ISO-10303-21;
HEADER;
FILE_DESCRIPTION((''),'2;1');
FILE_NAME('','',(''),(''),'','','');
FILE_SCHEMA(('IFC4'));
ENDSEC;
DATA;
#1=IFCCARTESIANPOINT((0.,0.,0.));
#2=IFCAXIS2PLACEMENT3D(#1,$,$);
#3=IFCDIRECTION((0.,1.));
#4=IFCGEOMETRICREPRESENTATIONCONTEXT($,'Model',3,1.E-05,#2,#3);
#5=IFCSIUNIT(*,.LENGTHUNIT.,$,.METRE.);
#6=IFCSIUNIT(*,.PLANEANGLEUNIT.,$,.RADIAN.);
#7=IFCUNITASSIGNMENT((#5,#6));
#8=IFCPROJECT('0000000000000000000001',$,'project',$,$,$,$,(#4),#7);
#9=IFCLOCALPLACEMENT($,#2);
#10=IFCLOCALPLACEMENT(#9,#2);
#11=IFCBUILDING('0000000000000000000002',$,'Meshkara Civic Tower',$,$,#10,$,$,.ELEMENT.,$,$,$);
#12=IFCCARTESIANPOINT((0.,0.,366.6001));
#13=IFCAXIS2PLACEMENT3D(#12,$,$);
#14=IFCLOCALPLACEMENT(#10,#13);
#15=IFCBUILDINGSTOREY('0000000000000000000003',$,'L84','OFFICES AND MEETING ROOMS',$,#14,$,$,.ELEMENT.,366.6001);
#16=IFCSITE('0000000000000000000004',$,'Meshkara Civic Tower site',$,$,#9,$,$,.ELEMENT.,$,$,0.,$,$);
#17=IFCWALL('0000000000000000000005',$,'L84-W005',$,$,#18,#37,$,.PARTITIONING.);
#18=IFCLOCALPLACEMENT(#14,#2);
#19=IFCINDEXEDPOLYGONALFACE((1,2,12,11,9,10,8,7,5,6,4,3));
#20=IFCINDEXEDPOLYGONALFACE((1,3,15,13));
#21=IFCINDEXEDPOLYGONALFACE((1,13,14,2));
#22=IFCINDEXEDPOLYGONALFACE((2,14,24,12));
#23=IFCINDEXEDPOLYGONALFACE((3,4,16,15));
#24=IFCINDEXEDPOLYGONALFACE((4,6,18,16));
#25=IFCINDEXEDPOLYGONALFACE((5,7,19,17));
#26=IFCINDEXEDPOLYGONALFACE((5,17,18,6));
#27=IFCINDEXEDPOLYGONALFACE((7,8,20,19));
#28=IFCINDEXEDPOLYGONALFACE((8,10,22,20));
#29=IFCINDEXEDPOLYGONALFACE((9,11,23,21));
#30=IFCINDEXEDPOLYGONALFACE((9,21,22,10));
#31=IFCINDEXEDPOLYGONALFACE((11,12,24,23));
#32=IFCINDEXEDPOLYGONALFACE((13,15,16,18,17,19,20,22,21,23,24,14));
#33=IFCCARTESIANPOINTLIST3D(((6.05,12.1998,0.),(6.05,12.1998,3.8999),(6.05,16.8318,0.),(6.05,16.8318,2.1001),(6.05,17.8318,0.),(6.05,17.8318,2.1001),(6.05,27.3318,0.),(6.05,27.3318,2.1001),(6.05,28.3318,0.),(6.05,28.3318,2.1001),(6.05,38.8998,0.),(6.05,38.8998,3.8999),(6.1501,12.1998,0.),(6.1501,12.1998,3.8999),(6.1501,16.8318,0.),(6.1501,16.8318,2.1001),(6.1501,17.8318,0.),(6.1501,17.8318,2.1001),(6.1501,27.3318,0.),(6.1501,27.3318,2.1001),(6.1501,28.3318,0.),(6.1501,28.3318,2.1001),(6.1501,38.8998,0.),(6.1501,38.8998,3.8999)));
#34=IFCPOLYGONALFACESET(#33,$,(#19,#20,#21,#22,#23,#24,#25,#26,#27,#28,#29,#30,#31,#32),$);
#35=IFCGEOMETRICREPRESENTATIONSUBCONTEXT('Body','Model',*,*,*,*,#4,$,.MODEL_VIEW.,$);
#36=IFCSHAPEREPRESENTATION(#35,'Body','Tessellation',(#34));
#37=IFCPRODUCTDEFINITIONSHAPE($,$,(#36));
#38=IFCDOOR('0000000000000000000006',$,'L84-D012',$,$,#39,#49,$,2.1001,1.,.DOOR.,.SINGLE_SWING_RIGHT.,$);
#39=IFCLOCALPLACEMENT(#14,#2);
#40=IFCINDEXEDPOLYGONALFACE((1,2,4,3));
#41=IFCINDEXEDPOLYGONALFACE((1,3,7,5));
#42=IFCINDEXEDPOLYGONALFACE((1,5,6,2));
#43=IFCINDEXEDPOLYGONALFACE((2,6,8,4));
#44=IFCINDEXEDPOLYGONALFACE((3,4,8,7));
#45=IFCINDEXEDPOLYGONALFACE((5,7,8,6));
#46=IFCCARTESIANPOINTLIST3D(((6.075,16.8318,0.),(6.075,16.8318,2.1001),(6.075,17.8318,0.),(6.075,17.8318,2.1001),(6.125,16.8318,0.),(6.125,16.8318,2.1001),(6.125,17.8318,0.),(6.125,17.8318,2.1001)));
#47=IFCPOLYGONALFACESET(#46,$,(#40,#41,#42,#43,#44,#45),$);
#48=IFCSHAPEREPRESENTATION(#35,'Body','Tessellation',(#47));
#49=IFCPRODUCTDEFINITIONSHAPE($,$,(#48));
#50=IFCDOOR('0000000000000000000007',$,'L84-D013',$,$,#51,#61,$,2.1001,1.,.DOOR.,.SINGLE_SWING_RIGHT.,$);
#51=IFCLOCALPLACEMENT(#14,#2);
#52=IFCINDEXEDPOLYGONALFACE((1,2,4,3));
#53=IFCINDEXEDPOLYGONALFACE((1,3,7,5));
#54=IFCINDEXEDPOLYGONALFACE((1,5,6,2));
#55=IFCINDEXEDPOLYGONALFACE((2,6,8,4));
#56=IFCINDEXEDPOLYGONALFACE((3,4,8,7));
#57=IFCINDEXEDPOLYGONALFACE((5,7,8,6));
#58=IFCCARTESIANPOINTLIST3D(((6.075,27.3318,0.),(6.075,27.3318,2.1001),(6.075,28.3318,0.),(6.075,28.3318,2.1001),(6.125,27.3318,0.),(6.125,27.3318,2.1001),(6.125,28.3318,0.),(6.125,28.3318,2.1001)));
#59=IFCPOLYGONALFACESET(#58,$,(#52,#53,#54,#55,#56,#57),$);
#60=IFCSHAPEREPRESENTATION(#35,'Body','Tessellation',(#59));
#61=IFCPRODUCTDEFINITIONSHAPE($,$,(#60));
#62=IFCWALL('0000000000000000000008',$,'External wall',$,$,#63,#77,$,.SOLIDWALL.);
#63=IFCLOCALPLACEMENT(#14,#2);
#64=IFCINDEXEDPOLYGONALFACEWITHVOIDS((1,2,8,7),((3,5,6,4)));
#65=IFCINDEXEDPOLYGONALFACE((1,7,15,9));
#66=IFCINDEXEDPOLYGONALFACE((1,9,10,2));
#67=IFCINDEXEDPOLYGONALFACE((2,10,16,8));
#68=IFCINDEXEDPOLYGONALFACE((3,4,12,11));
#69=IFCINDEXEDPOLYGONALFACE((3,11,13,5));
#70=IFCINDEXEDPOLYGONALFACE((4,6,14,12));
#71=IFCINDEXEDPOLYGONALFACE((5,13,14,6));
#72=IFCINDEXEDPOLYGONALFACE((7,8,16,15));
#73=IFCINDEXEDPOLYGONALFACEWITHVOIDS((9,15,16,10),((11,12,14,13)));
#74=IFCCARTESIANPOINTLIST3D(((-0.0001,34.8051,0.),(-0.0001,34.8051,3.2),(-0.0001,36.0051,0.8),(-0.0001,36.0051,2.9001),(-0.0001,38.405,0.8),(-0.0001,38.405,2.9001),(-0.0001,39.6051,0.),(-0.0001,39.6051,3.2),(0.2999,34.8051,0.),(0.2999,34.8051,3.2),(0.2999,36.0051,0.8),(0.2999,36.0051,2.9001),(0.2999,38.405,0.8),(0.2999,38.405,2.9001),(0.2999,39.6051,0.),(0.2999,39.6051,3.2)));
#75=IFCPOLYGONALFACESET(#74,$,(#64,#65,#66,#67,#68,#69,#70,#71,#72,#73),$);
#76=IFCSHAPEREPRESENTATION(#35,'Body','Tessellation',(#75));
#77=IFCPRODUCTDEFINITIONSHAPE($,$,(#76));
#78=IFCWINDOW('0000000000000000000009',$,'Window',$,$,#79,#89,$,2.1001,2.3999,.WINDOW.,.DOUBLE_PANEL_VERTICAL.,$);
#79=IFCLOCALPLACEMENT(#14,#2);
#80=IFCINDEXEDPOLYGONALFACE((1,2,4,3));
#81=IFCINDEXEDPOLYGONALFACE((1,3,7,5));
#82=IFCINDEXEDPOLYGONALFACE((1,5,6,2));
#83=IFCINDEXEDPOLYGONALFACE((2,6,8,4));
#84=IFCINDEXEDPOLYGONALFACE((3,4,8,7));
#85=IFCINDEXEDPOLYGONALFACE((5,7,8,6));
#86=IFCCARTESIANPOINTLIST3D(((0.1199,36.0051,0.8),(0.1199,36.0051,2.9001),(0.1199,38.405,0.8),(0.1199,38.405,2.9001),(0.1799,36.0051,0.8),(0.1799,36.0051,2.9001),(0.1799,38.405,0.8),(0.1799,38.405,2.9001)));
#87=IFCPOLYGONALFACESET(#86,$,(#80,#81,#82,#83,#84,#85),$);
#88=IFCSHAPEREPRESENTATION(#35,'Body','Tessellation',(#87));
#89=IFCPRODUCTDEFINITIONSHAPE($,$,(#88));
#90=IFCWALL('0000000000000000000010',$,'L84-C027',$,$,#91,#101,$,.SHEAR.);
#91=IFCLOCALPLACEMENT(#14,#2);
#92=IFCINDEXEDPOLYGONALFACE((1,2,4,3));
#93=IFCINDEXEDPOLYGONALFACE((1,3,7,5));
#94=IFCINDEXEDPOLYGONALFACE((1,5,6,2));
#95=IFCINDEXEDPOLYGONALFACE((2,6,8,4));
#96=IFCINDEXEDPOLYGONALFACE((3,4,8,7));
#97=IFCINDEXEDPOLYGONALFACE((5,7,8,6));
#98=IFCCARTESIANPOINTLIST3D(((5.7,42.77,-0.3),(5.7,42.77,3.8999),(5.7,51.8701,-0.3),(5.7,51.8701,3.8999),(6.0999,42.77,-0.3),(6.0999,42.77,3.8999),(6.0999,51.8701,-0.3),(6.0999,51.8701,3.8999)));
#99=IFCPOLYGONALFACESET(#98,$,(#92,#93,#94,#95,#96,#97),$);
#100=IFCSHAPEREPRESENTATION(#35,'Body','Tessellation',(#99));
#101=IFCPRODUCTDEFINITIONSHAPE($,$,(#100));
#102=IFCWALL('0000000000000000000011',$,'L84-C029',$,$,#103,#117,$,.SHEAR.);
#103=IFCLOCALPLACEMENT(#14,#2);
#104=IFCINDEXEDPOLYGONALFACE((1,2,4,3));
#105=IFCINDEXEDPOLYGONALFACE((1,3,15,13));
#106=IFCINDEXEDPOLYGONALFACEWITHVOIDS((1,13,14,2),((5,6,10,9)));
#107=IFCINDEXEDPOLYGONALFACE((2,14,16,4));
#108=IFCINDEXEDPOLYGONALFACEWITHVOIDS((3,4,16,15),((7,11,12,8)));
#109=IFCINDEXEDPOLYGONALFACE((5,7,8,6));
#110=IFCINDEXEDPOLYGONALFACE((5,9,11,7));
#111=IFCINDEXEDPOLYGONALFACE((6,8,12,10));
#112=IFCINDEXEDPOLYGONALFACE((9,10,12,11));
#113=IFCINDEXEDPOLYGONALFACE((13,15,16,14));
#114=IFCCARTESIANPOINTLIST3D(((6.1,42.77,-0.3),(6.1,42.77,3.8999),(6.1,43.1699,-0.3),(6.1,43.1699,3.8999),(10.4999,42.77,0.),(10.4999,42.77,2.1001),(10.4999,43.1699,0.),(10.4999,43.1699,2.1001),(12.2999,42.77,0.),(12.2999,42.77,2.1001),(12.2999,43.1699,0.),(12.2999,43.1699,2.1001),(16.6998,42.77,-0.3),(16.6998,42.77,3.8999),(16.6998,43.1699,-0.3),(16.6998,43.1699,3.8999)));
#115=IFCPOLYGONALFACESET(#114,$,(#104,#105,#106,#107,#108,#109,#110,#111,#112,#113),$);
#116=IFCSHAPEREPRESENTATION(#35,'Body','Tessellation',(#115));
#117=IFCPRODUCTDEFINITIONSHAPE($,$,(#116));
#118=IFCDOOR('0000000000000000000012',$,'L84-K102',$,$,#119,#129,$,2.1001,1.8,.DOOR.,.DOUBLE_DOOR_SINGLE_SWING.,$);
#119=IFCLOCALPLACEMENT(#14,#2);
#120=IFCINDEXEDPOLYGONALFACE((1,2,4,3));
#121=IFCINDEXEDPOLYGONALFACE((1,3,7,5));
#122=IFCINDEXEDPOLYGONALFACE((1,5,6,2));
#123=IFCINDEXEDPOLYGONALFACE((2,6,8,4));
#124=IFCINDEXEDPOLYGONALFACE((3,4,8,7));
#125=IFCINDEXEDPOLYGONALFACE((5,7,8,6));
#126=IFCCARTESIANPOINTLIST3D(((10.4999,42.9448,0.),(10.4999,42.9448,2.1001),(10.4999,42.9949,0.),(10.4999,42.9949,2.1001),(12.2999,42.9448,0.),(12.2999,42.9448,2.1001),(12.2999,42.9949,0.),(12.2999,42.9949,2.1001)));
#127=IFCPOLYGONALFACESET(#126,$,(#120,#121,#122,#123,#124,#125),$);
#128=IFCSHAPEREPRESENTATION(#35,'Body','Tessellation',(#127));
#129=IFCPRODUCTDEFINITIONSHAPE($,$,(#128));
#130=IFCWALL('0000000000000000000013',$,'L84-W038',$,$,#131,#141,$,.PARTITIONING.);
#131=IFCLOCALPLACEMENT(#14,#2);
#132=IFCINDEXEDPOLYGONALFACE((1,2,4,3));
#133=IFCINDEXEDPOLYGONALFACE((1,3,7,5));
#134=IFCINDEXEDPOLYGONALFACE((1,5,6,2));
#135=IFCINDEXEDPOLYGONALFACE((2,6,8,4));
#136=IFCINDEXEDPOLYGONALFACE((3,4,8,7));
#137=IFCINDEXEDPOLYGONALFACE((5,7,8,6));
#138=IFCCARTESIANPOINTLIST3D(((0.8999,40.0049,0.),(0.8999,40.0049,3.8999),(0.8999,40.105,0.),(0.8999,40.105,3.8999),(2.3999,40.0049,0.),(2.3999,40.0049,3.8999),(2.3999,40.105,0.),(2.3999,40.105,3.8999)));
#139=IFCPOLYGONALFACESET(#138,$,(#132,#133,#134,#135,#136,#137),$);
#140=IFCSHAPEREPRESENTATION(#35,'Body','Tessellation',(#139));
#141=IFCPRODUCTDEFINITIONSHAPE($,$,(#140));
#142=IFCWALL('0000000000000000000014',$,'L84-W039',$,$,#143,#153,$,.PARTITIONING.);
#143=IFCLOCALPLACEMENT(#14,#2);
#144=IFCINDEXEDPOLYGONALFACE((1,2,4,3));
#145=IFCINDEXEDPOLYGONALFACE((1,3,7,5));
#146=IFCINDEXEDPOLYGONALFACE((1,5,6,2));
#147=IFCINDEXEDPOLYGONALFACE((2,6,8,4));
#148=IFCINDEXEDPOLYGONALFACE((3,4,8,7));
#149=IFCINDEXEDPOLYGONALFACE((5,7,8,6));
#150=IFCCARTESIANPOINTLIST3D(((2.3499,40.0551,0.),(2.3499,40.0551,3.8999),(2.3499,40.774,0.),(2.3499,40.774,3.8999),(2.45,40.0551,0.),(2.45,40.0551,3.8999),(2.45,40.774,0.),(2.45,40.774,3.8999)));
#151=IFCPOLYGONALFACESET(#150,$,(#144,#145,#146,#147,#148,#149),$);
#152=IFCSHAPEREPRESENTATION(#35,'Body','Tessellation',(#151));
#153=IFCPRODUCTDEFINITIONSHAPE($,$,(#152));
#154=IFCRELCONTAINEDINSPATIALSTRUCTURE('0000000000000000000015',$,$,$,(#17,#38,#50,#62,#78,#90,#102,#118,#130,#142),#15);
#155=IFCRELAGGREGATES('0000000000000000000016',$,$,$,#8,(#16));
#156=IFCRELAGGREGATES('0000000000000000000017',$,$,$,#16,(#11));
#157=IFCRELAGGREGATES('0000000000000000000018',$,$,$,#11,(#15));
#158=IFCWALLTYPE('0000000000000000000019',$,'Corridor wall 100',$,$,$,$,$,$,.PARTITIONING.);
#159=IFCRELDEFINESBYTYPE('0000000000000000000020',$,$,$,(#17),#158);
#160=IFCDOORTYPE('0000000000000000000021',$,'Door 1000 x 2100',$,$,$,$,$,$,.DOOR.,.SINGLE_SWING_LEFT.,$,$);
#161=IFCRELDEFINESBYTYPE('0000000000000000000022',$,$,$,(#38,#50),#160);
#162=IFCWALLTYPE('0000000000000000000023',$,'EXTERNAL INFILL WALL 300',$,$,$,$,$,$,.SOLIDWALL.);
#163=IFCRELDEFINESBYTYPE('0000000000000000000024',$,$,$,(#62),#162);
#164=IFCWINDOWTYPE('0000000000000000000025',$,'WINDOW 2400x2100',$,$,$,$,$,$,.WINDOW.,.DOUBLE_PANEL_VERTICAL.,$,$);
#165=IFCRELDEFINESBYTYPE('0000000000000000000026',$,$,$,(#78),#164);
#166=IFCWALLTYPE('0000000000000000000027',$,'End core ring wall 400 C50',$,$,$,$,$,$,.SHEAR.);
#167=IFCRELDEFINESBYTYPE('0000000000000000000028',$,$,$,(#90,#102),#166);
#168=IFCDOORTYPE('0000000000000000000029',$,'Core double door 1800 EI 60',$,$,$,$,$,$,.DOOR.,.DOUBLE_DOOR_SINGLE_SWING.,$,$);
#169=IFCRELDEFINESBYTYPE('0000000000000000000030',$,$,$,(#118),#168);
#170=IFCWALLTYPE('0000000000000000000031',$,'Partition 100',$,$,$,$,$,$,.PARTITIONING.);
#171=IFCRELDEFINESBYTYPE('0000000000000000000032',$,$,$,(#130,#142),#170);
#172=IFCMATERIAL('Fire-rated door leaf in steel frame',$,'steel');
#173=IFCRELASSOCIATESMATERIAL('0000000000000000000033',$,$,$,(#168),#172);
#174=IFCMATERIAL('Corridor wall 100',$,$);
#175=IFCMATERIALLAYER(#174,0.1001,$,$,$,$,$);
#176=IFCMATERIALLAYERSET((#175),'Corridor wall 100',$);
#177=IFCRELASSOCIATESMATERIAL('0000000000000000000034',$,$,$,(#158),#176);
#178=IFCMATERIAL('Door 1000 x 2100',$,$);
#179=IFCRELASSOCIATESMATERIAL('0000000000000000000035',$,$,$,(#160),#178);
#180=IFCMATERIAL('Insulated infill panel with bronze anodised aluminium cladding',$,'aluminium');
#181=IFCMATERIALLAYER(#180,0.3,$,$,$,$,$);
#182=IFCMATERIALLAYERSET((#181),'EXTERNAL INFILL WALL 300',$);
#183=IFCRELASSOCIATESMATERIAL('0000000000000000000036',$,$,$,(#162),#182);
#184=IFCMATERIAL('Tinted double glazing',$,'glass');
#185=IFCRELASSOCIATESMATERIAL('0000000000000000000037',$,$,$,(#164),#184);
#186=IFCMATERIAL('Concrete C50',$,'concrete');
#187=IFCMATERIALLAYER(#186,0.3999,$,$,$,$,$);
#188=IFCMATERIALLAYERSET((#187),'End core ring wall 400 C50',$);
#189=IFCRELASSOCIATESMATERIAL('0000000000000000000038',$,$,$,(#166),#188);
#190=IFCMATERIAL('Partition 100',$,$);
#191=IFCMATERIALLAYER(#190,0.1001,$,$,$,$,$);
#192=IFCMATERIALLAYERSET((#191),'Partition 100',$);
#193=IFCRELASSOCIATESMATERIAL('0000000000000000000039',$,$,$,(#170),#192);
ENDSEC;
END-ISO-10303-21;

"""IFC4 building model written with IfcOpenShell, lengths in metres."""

from ifc_helpers import new_model, si_unit, direction, frame, frame_2d, origin, place, context, subcontext, project, spatial, rectangle, extrude, material, layer, layer_set, type_object, element, fill, save


model = new_model("IFC4")

# Units and contexts
model_context = context("Model", 3, precision=1e-05, world=origin(), true_north=direction((0.0, 1.0)))
body_context = subcontext(model_context, "Body", "Model", "MODEL_VIEW")
ifc_project = project(units=[si_unit("LENGTHUNIT", "METRE"), si_unit("PLANEANGLEUNIT", "RADIAN")], contexts=[model_context])

# Site, building, storey
site_placement = place(None, origin())
site = spatial("IfcSite", under=ifc_project, at=site_placement, Name="Meshkara Civic Tower site", CompositionType="ELEMENT", RefElevation=0.0)
building_placement = place(site_placement, origin())
building = spatial("IfcBuilding", under=site, at=building_placement, Name="Meshkara Civic Tower", CompositionType="ELEMENT")
storey_placement = place(building_placement, frame((0.0, 0.0, 366.6001)))
storey = spatial("IfcBuildingStorey", under=building, at=storey_placement, Name="L84", Description="OFFICES AND MEETING ROOMS", CompositionType="ELEMENT", Elevation=366.6001)

# Shared definitions
ifc_material_1 = material(Name="Fire-rated door leaf in steel frame", Category="steel")
door_type_1 = type_object("IfcDoorType", Name="Core double door 1800 EI 60", OperationType="DOUBLE_DOOR_SINGLE_SWING", PredefinedType="DOOR", material=ifc_material_1)

# Shared definitions
ifc_material_2 = material(Name="Corridor wall 100")
ifc_layer_1 = layer(ifc_material_2, 0.1001)
ifc_layer_set_1 = layer_set([ifc_layer_1], Name="Corridor wall 100")
wall_type_1 = type_object("IfcWallType", Name="Corridor wall 100", PredefinedType="PARTITIONING", material=ifc_layer_set_1)

# Shared definitions
ifc_material_3 = material(Name="Door 1000 x 2100")
door_type_2 = type_object("IfcDoorType", Name="Door 1000 x 2100", OperationType="SINGLE_SWING_LEFT", PredefinedType="DOOR", material=ifc_material_3)

# Wall, openings, doors
wall_1_placement = place(storey_placement, frame((6.1001, 38.8999, 0.0), z_axis=(0.0, 0.0, 1.0), x_axis=(0.0, -1.0, 0.0)))
wall_1 = element("IfcWall", 1, at=wall_1_placement, inside=storey, type_object=wall_type_1, Name="L84-W005", PredefinedType="PARTITIONING", context=body_context, shape_type="SweptSolid", body=[
    extrude(rectangle(XDim=26.7, YDim=0.1001, at=frame_2d((13.3501, 0.0))), origin(), (0.0, 0.0, 1.0), 3.8999),
])
opening_1_placement = place(wall_1_placement, frame((21.0681, 0.0, 0.0)))
opening_1 = element("IfcOpeningElement", 2, at=opening_1_placement, cuts=wall_1, PredefinedType="OPENING", context=body_context, shape_type="SweptSolid", body=[
    extrude(rectangle(XDim=1.0, YDim=2.1001, at=frame_2d((0.5, 1.05))), frame((0.0, 0.0601, 0.0), z_axis=(0.0, -1.0, 0.0), x_axis=(1.0, 0.0, 0.0)), (0.0, 0.0, 1.0), 0.1201),
])
opening_2_placement = place(wall_1_placement, frame((10.5681, 0.0, 0.0)))
opening_2 = element("IfcOpeningElement", 3, at=opening_2_placement, cuts=wall_1, PredefinedType="OPENING", context=body_context, shape_type="SweptSolid", body=[
    extrude(rectangle(XDim=1.0, YDim=2.1001, at=frame_2d((0.5, 1.05))), frame((0.0, 0.0601, 0.0), z_axis=(0.0, -1.0, 0.0), x_axis=(1.0, 0.0, 0.0)), (0.0, 0.0, 1.0), 0.1201),
])
door_1_placement = place(opening_1_placement, origin())
door_1 = element("IfcDoor", 4, at=door_1_placement, inside=storey, type_object=door_type_2, Name="L84-D012", OperationType="SINGLE_SWING_RIGHT", OverallHeight=2.1001, OverallWidth=1.0, PredefinedType="DOOR", context=body_context, shape_type="SweptSolid", body=[
    extrude(rectangle(XDim=1.0, YDim=2.1001, at=frame_2d((0.5, 1.05))), frame((0.0, 0.0249, 0.0), z_axis=(0.0, -1.0, 0.0), x_axis=(1.0, 0.0, 0.0)), (0.0, 0.0, 1.0), 0.05),
])
fill(opening_1, door_1)
door_2_placement = place(opening_2_placement, origin())
door_2 = element("IfcDoor", 5, at=door_2_placement, inside=storey, type_object=door_type_2, Name="L84-D013", OperationType="SINGLE_SWING_RIGHT", OverallHeight=2.1001, OverallWidth=1.0, PredefinedType="DOOR", context=body_context, shape_type="SweptSolid", body=[
    extrude(rectangle(XDim=1.0, YDim=2.1001, at=frame_2d((0.5, 1.05))), frame((0.0, 0.0249, 0.0), z_axis=(0.0, -1.0, 0.0), x_axis=(1.0, 0.0, 0.0)), (0.0, 0.0, 1.0), 0.05),
])
fill(opening_2, door_2)

# Wall, opening, window
ifc_material_4 = material(Name="Insulated infill panel with bronze anodised aluminium cladding", Category="aluminium")
ifc_layer_2 = layer(ifc_material_4, 0.3)
ifc_layer_set_2 = layer_set([ifc_layer_2], Name="EXTERNAL INFILL WALL 300")
wall_type_2 = type_object("IfcWallType", Name="EXTERNAL INFILL WALL 300", PredefinedType="SOLIDWALL", material=ifc_layer_set_2)
wall_2_placement = place(storey_placement, frame((0.1499, 39.605, 0.0), z_axis=(0.0, 0.0, 1.0), x_axis=(0.0, -1.0, 0.0)))
wall_2 = element("IfcWall", 6, at=wall_2_placement, inside=storey, type_object=wall_type_2, Name="External wall", PredefinedType="SOLIDWALL", context=body_context, shape_type="SweptSolid", body=[
    extrude(rectangle(XDim=4.8, YDim=0.3, at=frame_2d((2.3999, 0.0))), origin(), (0.0, 0.0, 1.0), 3.2),
])
opening_3_placement = place(wall_2_placement, frame((1.2, 0.0, 0.8)))
opening_3 = element("IfcOpeningElement", 7, at=opening_3_placement, cuts=wall_2, PredefinedType="OPENING", context=body_context, shape_type="SweptSolid", body=[
    extrude(rectangle(XDim=2.3999, YDim=2.1001, at=frame_2d((1.2, 1.05))), frame((0.0, 0.1599, 0.0), z_axis=(0.0, -1.0, 0.0), x_axis=(1.0, 0.0, 0.0)), (0.0, 0.0, 1.0), 0.3201),
])
ifc_material_5 = material(Name="Tinted double glazing", Category="glass")
window_type = type_object("IfcWindowType", Name="WINDOW 2400x2100", PartitioningType="DOUBLE_PANEL_VERTICAL", PredefinedType="WINDOW", material=ifc_material_5)
window_placement = place(opening_3_placement, origin())
window = element("IfcWindow", 8, at=window_placement, inside=storey, type_object=window_type, Name="Window", OverallHeight=2.1001, OverallWidth=2.3999, PartitioningType="DOUBLE_PANEL_VERTICAL", PredefinedType="WINDOW", context=body_context, shape_type="SweptSolid", body=[
    extrude(rectangle(XDim=2.3999, YDim=2.1001, at=frame_2d((1.2, 1.05))), frame((0.0, 0.03, 0.0), z_axis=(0.0, -1.0, 0.0), x_axis=(1.0, 0.0, 0.0)), (0.0, 0.0, 1.0), 0.0601),
])
fill(opening_3, window)

# Wall
ifc_material_6 = material(Name="Concrete C50", Category="concrete")
ifc_layer_3 = layer(ifc_material_6, 0.3999)
ifc_layer_set_3 = layer_set([ifc_layer_3], Name="End core ring wall 400 C50")
wall_type_3 = type_object("IfcWallType", Name="End core ring wall 400 C50", PredefinedType="SHEAR", material=ifc_layer_set_3)
wall_3_placement = place(storey_placement, frame((5.8999, 42.77, -0.3), z_axis=(0.0, 0.0, 1.0), x_axis=(0.0, 1.0, 0.0)))
element("IfcWall", 9, at=wall_3_placement, inside=storey, type_object=wall_type_3, Name="L84-C027", PredefinedType="SHEAR", context=body_context, shape_type="SweptSolid", body=[
    extrude(rectangle(XDim=9.1001, YDim=0.3999, at=frame_2d((4.55, 0.0))), origin(), (0.0, 0.0, 1.0), 4.2),
])

# Wall, opening, door
wall_4_placement = place(storey_placement, frame((6.1001, 42.97, -0.3), z_axis=(0.0, 0.0, 1.0), x_axis=(1.0, 0.0, 0.0)))
wall_4 = element("IfcWall", 10, at=wall_4_placement, inside=storey, type_object=wall_type_3, Name="L84-C029", PredefinedType="SHEAR", context=body_context, shape_type="SweptSolid", body=[
    extrude(rectangle(XDim=10.5999, YDim=0.3999, at=frame_2d((5.2998, 0.0))), origin(), (0.0, 0.0, 1.0), 4.2),
])
opening_4_placement = place(wall_4_placement, frame((4.3999, 0.0, 0.3)))
opening_4 = element("IfcOpeningElement", 11, at=opening_4_placement, cuts=wall_4, PredefinedType="OPENING", context=body_context, shape_type="SweptSolid", body=[
    extrude(rectangle(XDim=1.8, YDim=2.1001, at=frame_2d((0.8999, 1.05))), frame((0.0, 0.21, 0.0), z_axis=(0.0, -1.0, 0.0), x_axis=(1.0, 0.0, 0.0)), (0.0, 0.0, 1.0), 0.4199),
])
door_3_placement = place(opening_4_placement, origin())
door_3 = element("IfcDoor", 12, at=door_3_placement, inside=storey, type_object=door_type_1, Name="L84-K102", OperationType="DOUBLE_DOOR_SINGLE_SWING", OverallHeight=2.1001, OverallWidth=1.8, PredefinedType="DOOR", context=body_context, shape_type="SweptSolid", body=[
    extrude(rectangle(XDim=1.8, YDim=2.1001, at=frame_2d((0.8999, 1.05))), frame((0.0, 0.0249, 0.0), z_axis=(0.0, -1.0, 0.0), x_axis=(1.0, 0.0, 0.0)), (0.0, 0.0, 1.0), 0.05),
])
fill(opening_4, door_3)

# Walls
ifc_material_7 = material(Name="Partition 100")
ifc_layer_4 = layer(ifc_material_7, 0.1001)
ifc_layer_set_4 = layer_set([ifc_layer_4], Name="Partition 100")
wall_type_4 = type_object("IfcWallType", Name="Partition 100", PredefinedType="PARTITIONING", material=ifc_layer_set_4)
wall_5_placement = place(storey_placement, frame((2.3999, 40.0549, 0.0), z_axis=(0.0, 0.0, 1.0), x_axis=(-1.0, 0.0, 0.0)))
element("IfcWall", 13, at=wall_5_placement, inside=storey, type_object=wall_type_4, Name="L84-W038", PredefinedType="PARTITIONING", context=body_context, shape_type="SweptSolid", body=[
    extrude(rectangle(XDim=1.5, YDim=0.1001, at=frame_2d((0.75, 0.0))), origin(), (0.0, 0.0, 1.0), 3.8999),
])
wall_6_placement = place(storey_placement, frame((2.3999, 40.7739, 0.0), z_axis=(0.0, 0.0, 1.0), x_axis=(0.0, -1.0, 0.0)))
element("IfcWall", 14, at=wall_6_placement, inside=storey, type_object=wall_type_4, Name="L84-W039", PredefinedType="PARTITIONING", context=body_context, shape_type="SweptSolid", body=[
    extrude(rectangle(XDim=0.719, YDim=0.1001, at=frame_2d((0.3594, 0.0))), origin(), (0.0, 0.0, 1.0), 3.8999),
])

save(model, "model.ifc")
